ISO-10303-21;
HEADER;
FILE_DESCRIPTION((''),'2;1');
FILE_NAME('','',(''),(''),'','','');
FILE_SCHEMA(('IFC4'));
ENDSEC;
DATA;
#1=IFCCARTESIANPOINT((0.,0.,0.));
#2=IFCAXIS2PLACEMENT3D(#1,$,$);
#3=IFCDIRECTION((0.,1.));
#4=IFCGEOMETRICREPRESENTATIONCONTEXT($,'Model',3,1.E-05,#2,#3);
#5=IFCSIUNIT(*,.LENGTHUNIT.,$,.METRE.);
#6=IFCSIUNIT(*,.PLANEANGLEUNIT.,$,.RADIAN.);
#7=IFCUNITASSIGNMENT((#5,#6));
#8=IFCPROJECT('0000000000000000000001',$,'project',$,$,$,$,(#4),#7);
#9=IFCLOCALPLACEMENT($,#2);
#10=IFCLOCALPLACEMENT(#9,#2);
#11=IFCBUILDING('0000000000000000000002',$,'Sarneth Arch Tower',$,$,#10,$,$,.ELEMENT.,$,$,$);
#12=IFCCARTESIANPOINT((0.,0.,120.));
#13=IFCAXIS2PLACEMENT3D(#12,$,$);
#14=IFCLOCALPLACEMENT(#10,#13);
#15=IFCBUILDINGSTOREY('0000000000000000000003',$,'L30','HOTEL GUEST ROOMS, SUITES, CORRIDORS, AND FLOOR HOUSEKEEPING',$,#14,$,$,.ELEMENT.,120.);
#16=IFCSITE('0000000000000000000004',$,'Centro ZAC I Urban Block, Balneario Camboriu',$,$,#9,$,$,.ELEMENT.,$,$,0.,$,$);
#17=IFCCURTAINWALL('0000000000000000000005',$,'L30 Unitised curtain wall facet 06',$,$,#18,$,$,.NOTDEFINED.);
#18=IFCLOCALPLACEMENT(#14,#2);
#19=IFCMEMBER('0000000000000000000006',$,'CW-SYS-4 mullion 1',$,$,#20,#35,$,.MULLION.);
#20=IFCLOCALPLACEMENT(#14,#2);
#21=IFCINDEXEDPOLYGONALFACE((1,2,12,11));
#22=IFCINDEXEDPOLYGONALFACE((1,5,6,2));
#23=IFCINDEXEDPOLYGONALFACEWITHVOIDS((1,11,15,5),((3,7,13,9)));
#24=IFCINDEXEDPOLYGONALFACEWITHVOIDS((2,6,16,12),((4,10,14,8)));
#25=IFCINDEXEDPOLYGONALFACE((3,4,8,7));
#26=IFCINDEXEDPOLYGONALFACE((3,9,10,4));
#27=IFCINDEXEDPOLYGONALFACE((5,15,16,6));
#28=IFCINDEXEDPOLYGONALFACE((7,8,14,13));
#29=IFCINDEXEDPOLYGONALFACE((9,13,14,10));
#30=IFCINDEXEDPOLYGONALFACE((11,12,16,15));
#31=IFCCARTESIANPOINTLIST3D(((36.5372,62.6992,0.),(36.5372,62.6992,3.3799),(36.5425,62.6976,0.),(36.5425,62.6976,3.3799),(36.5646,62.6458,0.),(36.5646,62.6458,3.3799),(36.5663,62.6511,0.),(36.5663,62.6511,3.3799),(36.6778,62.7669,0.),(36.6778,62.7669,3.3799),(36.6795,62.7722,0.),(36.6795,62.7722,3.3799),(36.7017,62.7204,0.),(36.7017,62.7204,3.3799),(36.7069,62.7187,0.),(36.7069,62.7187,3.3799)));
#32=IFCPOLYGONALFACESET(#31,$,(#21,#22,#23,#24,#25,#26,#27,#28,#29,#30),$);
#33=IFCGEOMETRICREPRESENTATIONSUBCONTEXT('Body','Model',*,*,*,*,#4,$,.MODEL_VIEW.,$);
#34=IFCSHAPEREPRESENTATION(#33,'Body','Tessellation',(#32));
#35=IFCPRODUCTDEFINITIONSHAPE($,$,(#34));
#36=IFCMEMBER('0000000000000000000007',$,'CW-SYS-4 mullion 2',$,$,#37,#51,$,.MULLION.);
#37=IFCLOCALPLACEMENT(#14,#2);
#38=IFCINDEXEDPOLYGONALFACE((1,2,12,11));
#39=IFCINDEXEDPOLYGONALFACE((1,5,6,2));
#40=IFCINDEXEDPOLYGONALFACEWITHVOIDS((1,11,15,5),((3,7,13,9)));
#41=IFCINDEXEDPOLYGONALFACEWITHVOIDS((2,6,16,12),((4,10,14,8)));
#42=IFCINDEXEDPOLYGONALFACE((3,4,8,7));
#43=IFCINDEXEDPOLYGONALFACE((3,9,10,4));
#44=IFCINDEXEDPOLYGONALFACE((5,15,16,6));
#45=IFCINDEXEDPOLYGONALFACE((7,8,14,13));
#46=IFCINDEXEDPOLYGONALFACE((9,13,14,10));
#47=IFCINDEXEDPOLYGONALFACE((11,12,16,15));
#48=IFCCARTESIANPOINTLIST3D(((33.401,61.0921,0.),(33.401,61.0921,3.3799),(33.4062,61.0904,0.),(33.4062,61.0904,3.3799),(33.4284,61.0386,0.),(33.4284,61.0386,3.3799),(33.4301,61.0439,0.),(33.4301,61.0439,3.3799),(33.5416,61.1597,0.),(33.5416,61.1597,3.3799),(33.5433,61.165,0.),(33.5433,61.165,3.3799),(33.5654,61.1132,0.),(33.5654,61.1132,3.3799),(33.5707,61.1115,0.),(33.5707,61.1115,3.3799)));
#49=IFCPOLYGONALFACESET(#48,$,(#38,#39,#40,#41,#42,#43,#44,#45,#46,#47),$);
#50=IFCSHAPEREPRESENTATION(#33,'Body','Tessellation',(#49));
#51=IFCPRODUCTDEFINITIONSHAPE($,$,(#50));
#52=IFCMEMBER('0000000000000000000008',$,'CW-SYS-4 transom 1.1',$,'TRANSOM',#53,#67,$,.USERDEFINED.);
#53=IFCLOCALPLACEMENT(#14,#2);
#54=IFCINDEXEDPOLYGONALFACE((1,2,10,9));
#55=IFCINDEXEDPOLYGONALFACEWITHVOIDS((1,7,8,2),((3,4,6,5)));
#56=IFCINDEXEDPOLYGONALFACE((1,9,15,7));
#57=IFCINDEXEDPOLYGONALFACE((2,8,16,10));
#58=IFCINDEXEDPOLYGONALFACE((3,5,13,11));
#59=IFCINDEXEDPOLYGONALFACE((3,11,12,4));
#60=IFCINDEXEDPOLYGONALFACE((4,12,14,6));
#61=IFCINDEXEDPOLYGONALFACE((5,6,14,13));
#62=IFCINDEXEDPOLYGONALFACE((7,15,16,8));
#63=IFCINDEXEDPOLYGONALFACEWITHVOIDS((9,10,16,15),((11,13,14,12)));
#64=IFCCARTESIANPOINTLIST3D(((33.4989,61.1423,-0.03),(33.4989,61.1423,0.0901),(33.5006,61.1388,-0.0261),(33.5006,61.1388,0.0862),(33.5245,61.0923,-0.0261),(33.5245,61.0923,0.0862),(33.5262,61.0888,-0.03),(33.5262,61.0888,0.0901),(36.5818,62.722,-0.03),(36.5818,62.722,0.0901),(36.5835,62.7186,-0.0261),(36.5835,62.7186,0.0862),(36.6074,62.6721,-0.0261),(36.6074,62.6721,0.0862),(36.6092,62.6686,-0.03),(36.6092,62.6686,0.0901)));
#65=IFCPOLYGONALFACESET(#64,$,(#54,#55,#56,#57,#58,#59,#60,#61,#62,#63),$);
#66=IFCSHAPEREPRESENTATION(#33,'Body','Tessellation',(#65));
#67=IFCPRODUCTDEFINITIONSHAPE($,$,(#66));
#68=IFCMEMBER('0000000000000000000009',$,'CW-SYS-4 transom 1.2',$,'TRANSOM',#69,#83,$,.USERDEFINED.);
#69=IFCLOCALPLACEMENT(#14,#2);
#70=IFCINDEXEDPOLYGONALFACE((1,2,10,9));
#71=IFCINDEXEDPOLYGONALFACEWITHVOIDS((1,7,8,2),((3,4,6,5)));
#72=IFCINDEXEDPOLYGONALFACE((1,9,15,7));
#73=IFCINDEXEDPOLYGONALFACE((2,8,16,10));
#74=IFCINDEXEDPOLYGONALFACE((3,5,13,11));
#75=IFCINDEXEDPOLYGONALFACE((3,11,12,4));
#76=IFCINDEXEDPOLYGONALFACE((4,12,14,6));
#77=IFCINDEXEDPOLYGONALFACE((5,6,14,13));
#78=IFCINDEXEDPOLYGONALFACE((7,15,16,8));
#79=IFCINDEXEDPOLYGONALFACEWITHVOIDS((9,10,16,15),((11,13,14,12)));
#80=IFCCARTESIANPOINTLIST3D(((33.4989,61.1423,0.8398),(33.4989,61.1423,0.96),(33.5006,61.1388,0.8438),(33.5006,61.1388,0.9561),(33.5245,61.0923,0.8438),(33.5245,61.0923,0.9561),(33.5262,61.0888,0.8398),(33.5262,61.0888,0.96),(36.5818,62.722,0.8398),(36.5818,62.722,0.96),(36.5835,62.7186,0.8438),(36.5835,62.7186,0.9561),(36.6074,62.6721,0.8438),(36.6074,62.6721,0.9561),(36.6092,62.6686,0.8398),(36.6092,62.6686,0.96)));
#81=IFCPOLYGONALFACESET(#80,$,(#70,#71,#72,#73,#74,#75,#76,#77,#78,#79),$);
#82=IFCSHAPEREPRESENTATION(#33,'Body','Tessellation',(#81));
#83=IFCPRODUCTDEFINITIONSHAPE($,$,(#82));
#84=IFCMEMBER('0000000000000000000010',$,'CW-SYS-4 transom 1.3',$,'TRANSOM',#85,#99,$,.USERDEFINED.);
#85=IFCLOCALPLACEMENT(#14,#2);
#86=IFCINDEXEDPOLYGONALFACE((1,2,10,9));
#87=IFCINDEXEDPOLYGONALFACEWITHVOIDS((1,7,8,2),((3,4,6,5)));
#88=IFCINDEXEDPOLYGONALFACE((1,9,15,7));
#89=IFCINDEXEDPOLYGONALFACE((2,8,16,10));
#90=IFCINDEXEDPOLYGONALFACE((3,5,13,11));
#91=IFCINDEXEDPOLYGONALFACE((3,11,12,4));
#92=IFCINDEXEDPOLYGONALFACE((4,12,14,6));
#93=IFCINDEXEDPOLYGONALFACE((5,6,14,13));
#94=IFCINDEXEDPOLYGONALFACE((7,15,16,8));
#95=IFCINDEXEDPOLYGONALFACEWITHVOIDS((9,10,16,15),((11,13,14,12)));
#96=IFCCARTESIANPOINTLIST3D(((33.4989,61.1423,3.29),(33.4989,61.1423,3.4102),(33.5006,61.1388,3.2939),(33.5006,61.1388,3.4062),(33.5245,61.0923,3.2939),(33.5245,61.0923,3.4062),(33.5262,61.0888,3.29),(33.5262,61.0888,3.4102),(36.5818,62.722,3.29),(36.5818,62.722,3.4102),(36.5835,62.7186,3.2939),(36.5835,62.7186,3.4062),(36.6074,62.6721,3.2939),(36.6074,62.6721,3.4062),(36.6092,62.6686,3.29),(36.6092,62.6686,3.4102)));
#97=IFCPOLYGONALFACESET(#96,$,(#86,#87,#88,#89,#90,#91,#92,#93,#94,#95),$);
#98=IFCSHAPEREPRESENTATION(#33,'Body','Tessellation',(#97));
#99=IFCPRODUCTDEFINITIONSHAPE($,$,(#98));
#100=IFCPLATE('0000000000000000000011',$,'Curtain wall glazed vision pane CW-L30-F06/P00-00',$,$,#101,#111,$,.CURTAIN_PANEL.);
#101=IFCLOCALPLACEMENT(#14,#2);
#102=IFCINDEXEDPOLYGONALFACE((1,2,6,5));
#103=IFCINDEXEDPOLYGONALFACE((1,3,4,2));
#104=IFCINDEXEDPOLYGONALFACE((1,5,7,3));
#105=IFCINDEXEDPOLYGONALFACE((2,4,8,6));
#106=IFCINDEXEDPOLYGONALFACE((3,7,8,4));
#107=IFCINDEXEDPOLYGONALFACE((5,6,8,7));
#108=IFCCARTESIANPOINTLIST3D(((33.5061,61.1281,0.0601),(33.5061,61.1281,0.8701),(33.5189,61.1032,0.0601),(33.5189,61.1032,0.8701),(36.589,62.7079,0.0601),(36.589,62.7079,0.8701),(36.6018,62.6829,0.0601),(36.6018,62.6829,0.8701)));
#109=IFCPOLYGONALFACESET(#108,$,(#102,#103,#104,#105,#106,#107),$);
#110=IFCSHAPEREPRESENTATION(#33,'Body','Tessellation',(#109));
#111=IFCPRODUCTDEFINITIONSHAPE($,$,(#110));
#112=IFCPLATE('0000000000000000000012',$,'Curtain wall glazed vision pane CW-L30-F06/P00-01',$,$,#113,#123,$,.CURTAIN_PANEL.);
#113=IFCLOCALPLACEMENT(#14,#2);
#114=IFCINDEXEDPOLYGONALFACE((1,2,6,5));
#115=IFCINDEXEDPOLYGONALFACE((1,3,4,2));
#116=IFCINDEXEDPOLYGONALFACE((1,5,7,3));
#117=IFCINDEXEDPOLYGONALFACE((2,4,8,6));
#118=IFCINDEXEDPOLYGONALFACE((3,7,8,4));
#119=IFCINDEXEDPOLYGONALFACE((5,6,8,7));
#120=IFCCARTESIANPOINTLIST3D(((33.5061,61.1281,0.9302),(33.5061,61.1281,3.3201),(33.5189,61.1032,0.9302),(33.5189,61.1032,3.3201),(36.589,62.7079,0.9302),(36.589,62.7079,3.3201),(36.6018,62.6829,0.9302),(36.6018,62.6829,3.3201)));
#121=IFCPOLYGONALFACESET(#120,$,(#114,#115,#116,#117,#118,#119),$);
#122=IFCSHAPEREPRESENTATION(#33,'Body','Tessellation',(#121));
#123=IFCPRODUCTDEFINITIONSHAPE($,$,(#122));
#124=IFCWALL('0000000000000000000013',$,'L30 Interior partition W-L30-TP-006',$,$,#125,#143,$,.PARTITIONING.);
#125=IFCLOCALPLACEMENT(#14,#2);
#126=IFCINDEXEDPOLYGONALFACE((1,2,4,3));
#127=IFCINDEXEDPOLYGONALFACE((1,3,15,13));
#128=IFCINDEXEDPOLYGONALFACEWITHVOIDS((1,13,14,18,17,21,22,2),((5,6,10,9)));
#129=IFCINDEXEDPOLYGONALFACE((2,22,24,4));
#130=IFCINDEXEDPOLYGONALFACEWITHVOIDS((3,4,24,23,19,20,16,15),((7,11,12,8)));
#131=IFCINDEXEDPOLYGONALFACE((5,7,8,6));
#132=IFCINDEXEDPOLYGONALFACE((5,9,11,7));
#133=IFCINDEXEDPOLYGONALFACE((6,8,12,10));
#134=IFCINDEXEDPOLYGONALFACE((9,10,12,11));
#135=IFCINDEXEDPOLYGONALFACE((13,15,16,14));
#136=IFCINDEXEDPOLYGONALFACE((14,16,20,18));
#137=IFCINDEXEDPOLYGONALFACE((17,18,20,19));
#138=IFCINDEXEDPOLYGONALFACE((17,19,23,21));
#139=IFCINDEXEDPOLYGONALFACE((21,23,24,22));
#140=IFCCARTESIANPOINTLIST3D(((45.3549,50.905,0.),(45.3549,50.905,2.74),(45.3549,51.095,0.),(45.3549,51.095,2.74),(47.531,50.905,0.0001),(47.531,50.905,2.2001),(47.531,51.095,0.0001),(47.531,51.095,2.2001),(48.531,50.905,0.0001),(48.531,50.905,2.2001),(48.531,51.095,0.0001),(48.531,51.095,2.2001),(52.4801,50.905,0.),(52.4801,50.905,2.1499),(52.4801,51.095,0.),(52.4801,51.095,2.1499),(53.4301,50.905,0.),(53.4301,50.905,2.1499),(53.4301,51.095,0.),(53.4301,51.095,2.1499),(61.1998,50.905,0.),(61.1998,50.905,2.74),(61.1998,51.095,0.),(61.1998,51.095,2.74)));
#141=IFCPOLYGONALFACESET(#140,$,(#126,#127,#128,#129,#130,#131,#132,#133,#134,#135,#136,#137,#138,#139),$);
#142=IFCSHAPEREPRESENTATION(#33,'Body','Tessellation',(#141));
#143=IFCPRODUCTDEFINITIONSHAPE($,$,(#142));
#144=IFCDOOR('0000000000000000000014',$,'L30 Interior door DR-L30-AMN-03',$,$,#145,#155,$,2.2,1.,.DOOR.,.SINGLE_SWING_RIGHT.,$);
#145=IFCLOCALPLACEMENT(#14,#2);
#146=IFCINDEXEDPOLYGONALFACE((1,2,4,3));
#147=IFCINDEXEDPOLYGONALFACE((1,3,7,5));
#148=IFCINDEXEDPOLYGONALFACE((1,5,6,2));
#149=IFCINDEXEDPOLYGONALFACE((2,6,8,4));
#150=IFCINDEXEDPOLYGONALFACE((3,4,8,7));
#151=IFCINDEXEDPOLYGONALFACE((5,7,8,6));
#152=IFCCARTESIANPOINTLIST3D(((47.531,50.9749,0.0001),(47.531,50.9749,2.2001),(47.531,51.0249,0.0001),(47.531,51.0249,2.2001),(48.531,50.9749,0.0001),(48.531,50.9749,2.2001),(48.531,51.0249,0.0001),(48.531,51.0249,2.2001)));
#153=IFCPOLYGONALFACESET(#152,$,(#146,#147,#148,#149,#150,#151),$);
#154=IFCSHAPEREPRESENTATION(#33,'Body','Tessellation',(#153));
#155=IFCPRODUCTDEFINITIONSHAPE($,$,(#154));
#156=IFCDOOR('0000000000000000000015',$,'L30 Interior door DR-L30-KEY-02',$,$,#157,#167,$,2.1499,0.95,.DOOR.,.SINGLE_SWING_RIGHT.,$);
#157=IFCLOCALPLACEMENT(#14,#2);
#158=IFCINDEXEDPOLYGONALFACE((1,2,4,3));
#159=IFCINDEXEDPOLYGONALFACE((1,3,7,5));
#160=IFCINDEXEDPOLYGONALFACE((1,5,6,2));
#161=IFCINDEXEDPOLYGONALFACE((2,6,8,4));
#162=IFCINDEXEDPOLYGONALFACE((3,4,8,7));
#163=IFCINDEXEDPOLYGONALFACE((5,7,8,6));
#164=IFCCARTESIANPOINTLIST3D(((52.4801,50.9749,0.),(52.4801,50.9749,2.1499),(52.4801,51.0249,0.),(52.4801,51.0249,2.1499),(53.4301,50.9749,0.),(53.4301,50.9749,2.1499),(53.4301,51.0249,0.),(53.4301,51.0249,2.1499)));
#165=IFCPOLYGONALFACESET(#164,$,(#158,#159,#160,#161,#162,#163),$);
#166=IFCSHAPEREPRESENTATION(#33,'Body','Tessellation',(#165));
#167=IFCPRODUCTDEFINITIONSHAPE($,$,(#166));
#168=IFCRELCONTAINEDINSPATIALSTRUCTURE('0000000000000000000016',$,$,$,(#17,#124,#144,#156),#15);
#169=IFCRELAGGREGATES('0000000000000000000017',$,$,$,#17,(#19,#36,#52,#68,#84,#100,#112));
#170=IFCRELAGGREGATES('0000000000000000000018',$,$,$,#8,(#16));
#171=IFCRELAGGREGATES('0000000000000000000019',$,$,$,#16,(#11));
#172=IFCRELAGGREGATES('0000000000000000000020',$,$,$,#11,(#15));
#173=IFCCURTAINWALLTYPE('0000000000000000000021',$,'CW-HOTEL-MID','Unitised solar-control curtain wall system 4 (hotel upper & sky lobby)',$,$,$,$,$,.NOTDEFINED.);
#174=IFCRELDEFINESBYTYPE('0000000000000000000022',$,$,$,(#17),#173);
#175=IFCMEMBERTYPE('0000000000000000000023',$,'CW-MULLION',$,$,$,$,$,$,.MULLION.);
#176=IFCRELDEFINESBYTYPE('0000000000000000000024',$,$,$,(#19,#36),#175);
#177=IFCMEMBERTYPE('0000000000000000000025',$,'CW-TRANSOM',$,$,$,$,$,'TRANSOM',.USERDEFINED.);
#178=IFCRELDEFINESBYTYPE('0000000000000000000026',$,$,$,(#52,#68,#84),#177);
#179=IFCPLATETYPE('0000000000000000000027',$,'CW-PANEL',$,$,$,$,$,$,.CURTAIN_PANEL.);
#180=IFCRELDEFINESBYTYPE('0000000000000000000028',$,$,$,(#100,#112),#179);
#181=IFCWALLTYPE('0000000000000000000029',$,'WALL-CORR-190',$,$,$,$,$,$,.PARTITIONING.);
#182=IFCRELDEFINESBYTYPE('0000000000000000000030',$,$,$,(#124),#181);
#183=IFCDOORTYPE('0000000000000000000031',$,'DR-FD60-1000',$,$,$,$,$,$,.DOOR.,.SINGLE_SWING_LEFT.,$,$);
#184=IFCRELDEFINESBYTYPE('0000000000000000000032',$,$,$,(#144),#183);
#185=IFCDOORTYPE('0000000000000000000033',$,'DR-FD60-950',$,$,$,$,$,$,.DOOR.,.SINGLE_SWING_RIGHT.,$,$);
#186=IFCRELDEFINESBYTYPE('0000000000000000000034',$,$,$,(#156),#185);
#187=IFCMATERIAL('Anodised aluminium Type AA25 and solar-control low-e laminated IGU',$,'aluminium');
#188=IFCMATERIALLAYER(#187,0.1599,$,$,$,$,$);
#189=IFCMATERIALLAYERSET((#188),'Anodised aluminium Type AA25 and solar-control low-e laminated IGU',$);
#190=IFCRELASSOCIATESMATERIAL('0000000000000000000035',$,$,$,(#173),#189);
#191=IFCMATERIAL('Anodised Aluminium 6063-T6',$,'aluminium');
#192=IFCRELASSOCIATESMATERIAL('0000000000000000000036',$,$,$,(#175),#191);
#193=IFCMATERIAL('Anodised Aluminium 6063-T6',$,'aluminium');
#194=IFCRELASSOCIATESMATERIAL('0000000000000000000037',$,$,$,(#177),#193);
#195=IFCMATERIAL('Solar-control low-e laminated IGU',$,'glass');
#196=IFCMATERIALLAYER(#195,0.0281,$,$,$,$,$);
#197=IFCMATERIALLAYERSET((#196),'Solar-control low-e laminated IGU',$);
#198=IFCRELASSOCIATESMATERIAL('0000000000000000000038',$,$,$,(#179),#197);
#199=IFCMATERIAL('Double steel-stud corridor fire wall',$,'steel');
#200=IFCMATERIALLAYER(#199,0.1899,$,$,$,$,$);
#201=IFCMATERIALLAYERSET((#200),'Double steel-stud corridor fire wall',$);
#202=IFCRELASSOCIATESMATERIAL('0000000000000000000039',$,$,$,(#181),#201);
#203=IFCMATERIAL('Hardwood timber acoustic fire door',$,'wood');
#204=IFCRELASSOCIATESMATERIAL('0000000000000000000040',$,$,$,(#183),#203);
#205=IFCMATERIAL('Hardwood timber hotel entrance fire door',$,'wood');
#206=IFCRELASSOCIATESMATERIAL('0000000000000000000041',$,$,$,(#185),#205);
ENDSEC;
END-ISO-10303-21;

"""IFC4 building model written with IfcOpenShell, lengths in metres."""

from ifc_helpers import new_model, si_unit, direction, frame, frame_2d, origin, origin_2d, place, context, subcontext, project, spatial, rectangle, hollow_rectangle, extrude, material, layer, layer_set, material_profile, profile_set, type_object, element, fill, aggregate, save


model = new_model("IFC4")

# Units and contexts
model_context = context("Model", 3, precision=1e-05, world=origin(), true_north=direction((0.0, 1.0)))
body_context = subcontext(model_context, "Body", "Model", "MODEL_VIEW")
ifc_project = project(units=[si_unit("LENGTHUNIT", "METRE"), si_unit("PLANEANGLEUNIT", "RADIAN")], contexts=[model_context])

# Site, building, storey
site_placement = place(None, origin())
site = spatial("IfcSite", under=ifc_project, at=site_placement, Name="Centro ZAC I Urban Block, Balneario Camboriu", CompositionType="ELEMENT", RefElevation=0.0)
building_placement = place(site_placement, origin())
building = spatial("IfcBuilding", under=site, at=building_placement, Name="Sarneth Arch Tower", CompositionType="ELEMENT")
storey_placement = place(building_placement, frame((0.0, 0.0, 120.0)))
storey = spatial("IfcBuildingStorey", under=building, at=storey_placement, Name="L30", Description="HOTEL GUEST ROOMS, SUITES, CORRIDORS, AND FLOOR HOUSEKEEPING", CompositionType="ELEMENT", Elevation=120.0)

# Curtain wall, members, plates
ifc_material_1 = material(Name="Anodised aluminium Type AA25 and solar-control low-e laminated IGU", Category="aluminium")
ifc_layer_1 = layer(ifc_material_1, 0.1599)
ifc_layer_set_1 = layer_set([ifc_layer_1], Name="Anodised aluminium Type AA25 and solar-control low-e laminated IGU")
curtain_wall_type = type_object("IfcCurtainWallType", Name="CW-HOTEL-MID", Description="Unitised solar-control curtain wall system 4 (hotel upper & sky lobby)", PredefinedType="NOTDEFINED", material=ifc_layer_set_1)
curtain_wall_placement = place(storey_placement, origin())
curtain_wall = element("IfcCurtainWall", 1, at=curtain_wall_placement, inside=storey, type_object=curtain_wall_type, Name="L30 Unitised curtain wall facet 06", PredefinedType="NOTDEFINED")
ifc_material_2 = material(Name="Anodised Aluminium 6063-T6", Category="aluminium")
ifc_material_profile_1 = material_profile(ifc_material_2, hollow_rectangle(XDim=0.0601, YDim=0.1599, WallThickness=0.0039, at=origin_2d()), Name="AL-MULL-160x60x4")
ifc_profile_set_1 = profile_set([ifc_material_profile_1], Name="Anodised Aluminium 6063-T6")
member_type_1 = type_object("IfcMemberType", Name="CW-MULLION", PredefinedType="MULLION", material=ifc_profile_set_1)
member_1_placement = place(storey_placement, frame((36.6221, 62.709, 0.0), z_axis=(0.0, 0.0, 1.0), x_axis=(0.456031, -0.889964, 0.0)))
member_1 = element("IfcMember", 2, at=member_1_placement, type_object=member_type_1, Name="CW-SYS-4 mullion 1", PredefinedType="MULLION", context=body_context, shape_type="SweptSolid", body=[
    extrude(hollow_rectangle(XDim=0.0601, YDim=0.1599, WallThickness=0.0039, at=origin_2d()), origin(), (0.0, 0.0, 1.0), 3.3799),
])
member_2_placement = place(storey_placement, frame((33.4858, 61.1018, 0.0), z_axis=(0.0, 0.0, 1.0), x_axis=(0.456031, -0.889964, 0.0)))
member_2 = element("IfcMember", 3, at=member_2_placement, type_object=member_type_1, Name="CW-SYS-4 mullion 2", PredefinedType="MULLION", context=body_context, shape_type="SweptSolid", body=[
    extrude(hollow_rectangle(XDim=0.0601, YDim=0.1599, WallThickness=0.0039, at=origin_2d()), origin(), (0.0, 0.0, 1.0), 3.3799),
])
ifc_material_3 = material(Name="Anodised Aluminium 6063-T6", Category="aluminium")
ifc_material_profile_2 = material_profile(ifc_material_3, hollow_rectangle(XDim=0.0601, YDim=0.1201, WallThickness=0.0039, at=origin_2d()), Name="AL-TRAN-120x60x4")
ifc_profile_set_2 = profile_set([ifc_material_profile_2], Name="Anodised Aluminium 6063-T6")
member_type_2 = type_object("IfcMemberType", Name="CW-TRANSOM", ElementType="TRANSOM", PredefinedType="USERDEFINED", material=ifc_profile_set_2)
member_3_placement = place(storey_placement, frame((36.5955, 62.6953, 0.03), z_axis=(-0.889958, -0.456043, 0.0), x_axis=(0.456043, -0.889958, 0.0)))
member_3 = element("IfcMember", 4, at=member_3_placement, type_object=member_type_2, Name="CW-SYS-4 transom 1.1", ObjectType="TRANSOM", PredefinedType="USERDEFINED", context=body_context, shape_type="SweptSolid", body=[
    extrude(hollow_rectangle(XDim=0.0601, YDim=0.1201, WallThickness=0.0039, at=origin_2d()), origin(), (0.0, 0.0, 1.0), 3.4641),
])
member_4_placement = place(storey_placement, frame((36.5955, 62.6953, 0.8999), z_axis=(-0.889958, -0.456043, 0.0), x_axis=(0.456043, -0.889958, 0.0)))
member_4 = element("IfcMember", 5, at=member_4_placement, type_object=member_type_2, Name="CW-SYS-4 transom 1.2", ObjectType="TRANSOM", PredefinedType="USERDEFINED", context=body_context, shape_type="SweptSolid", body=[
    extrude(hollow_rectangle(XDim=0.0601, YDim=0.1201, WallThickness=0.0039, at=origin_2d()), origin(), (0.0, 0.0, 1.0), 3.4641),
])
member_5_placement = place(storey_placement, frame((36.5955, 62.6953, 3.3501), z_axis=(-0.889958, -0.456043, 0.0), x_axis=(0.456043, -0.889958, 0.0)))
member_5 = element("IfcMember", 6, at=member_5_placement, type_object=member_type_2, Name="CW-SYS-4 transom 1.3", ObjectType="TRANSOM", PredefinedType="USERDEFINED", context=body_context, shape_type="SweptSolid", body=[
    extrude(hollow_rectangle(XDim=0.0601, YDim=0.1201, WallThickness=0.0039, at=origin_2d()), origin(), (0.0, 0.0, 1.0), 3.4641),
])
ifc_material_4 = material(Name="Solar-control low-e laminated IGU", Category="glass")
ifc_layer_2 = layer(ifc_material_4, 0.0281)
ifc_layer_set_2 = layer_set([ifc_layer_2], Name="Solar-control low-e laminated IGU")
plate_type = type_object("IfcPlateType", Name="CW-PANEL", PredefinedType="CURTAIN_PANEL", material=ifc_layer_set_2)
plate_1_placement = place(storey_placement, frame((35.054, 61.9055, 0.0601), z_axis=(0.0, 0.0, 1.0), x_axis=(-0.889964, -0.456031, 0.0)))
plate_1 = element("IfcPlate", 7, at=plate_1_placement, type_object=plate_type, Name="Curtain wall glazed vision pane CW-L30-F06/P00-00", PredefinedType="CURTAIN_PANEL", context=body_context, shape_type="SweptSolid", body=[
    extrude(rectangle(XDim=3.4641, YDim=0.0281, at=origin_2d()), origin(), (0.0, 0.0, 1.0), 0.8101),
])
plate_2_placement = place(storey_placement, frame((35.054, 61.9055, 0.9302), z_axis=(0.0, 0.0, 1.0), x_axis=(-0.889964, -0.456031, 0.0)))
plate_2 = element("IfcPlate", 8, at=plate_2_placement, type_object=plate_type, Name="Curtain wall glazed vision pane CW-L30-F06/P00-01", PredefinedType="CURTAIN_PANEL", context=body_context, shape_type="SweptSolid", body=[
    extrude(rectangle(XDim=3.4641, YDim=0.0281, at=origin_2d()), origin(), (0.0, 0.0, 1.0), 2.3899),
])
aggregate(curtain_wall, [member_1, member_2, member_3, member_4, member_5, plate_1, plate_2])

# Wall, openings, doors
ifc_material_5 = material(Name="Double steel-stud corridor fire wall", Category="steel")
ifc_layer_3 = layer(ifc_material_5, 0.1899)
ifc_layer_set_3 = layer_set([ifc_layer_3], Name="Double steel-stud corridor fire wall")
wall_type_1 = type_object("IfcWallType", Name="WALL-CORR-190", PredefinedType="PARTITIONING", material=ifc_layer_set_3)
wall_1_placement = place(storey_placement, frame((45.355, 51.0, 0.0), z_axis=(0.0, 0.0, 1.0), x_axis=(1.0, 0.0, 0.0)))
wall_1 = element("IfcWall", 9, at=wall_1_placement, inside=storey, type_object=wall_type_1, Name="L30 Interior partition W-L30-TP-006", PredefinedType="PARTITIONING", context=body_context, shape_type="SweptSolid", body=[
    extrude(rectangle(XDim=15.845, YDim=0.1899, at=frame_2d((7.9224, 0.0))), origin(), (0.0, 0.0, 1.0), 2.74),
])
opening_1_placement = place(wall_1_placement, frame((2.176, 0.0, 0.0)))
opening_1 = element("IfcOpeningElement", 10, at=opening_1_placement, cuts=wall_1, PredefinedType="OPENING", context=body_context, shape_type="SweptSolid", body=[
    extrude(rectangle(XDim=1.0, YDim=2.2, at=frame_2d((0.5, 1.1001))), frame((0.0, 0.105, 0.0), z_axis=(0.0, -1.0, 0.0), x_axis=(1.0, 0.0, 0.0)), (0.0, 0.0, 1.0), 0.21),
])
opening_2_placement = place(wall_1_placement, frame((7.125, 0.0, 0.0)))
opening_2 = element("IfcOpeningElement", 11, at=opening_2_placement, cuts=wall_1, PredefinedType="OPENING", context=body_context, shape_type="SweptSolid", body=[
    extrude(rectangle(XDim=0.95, YDim=2.1499, at=frame_2d((0.4751, 1.075))), frame((0.0, 0.105, 0.0), z_axis=(0.0, -1.0, 0.0), x_axis=(1.0, 0.0, 0.0)), (0.0, 0.0, 1.0), 0.21),
])
ifc_material_6 = material(Name="Hardwood timber acoustic fire door", Category="wood")
door_type_1 = type_object("IfcDoorType", Name="DR-FD60-1000", OperationType="SINGLE_SWING_LEFT", PredefinedType="DOOR", material=ifc_material_6)
door_1_placement = place(opening_1_placement, origin())
door_1 = element("IfcDoor", 12, at=door_1_placement, inside=storey, type_object=door_type_1, Name="L30 Interior door DR-L30-AMN-03", OperationType="SINGLE_SWING_RIGHT", OverallHeight=2.2, OverallWidth=1.0, PredefinedType="DOOR", context=body_context, shape_type="SweptSolid", body=[
    extrude(rectangle(XDim=1.0, YDim=2.2, at=frame_2d((0.5, 1.1001))), frame((0.0, 0.0249, 0.0), z_axis=(0.0, -1.0, 0.0), x_axis=(1.0, 0.0, 0.0)), (0.0, 0.0, 1.0), 0.05),
])
fill(opening_1, door_1)
ifc_material_7 = material(Name="Hardwood timber hotel entrance fire door", Category="wood")
door_type_2 = type_object("IfcDoorType", Name="DR-FD60-950", OperationType="SINGLE_SWING_RIGHT", PredefinedType="DOOR", material=ifc_material_7)
door_2_placement = place(opening_2_placement, origin())
door_2 = element("IfcDoor", 13, at=door_2_placement, inside=storey, type_object=door_type_2, Name="L30 Interior door DR-L30-KEY-02", OperationType="SINGLE_SWING_RIGHT", OverallHeight=2.1499, OverallWidth=0.95, PredefinedType="DOOR", context=body_context, shape_type="SweptSolid", body=[
    extrude(rectangle(XDim=0.95, YDim=2.1499, at=frame_2d((0.4751, 1.075))), frame((0.0, 0.0249, 0.0), z_axis=(0.0, -1.0, 0.0), x_axis=(1.0, 0.0, 0.0)), (0.0, 0.0, 1.0), 0.05),
])
fill(opening_2, door_2)

save(model, "model.ifc")
